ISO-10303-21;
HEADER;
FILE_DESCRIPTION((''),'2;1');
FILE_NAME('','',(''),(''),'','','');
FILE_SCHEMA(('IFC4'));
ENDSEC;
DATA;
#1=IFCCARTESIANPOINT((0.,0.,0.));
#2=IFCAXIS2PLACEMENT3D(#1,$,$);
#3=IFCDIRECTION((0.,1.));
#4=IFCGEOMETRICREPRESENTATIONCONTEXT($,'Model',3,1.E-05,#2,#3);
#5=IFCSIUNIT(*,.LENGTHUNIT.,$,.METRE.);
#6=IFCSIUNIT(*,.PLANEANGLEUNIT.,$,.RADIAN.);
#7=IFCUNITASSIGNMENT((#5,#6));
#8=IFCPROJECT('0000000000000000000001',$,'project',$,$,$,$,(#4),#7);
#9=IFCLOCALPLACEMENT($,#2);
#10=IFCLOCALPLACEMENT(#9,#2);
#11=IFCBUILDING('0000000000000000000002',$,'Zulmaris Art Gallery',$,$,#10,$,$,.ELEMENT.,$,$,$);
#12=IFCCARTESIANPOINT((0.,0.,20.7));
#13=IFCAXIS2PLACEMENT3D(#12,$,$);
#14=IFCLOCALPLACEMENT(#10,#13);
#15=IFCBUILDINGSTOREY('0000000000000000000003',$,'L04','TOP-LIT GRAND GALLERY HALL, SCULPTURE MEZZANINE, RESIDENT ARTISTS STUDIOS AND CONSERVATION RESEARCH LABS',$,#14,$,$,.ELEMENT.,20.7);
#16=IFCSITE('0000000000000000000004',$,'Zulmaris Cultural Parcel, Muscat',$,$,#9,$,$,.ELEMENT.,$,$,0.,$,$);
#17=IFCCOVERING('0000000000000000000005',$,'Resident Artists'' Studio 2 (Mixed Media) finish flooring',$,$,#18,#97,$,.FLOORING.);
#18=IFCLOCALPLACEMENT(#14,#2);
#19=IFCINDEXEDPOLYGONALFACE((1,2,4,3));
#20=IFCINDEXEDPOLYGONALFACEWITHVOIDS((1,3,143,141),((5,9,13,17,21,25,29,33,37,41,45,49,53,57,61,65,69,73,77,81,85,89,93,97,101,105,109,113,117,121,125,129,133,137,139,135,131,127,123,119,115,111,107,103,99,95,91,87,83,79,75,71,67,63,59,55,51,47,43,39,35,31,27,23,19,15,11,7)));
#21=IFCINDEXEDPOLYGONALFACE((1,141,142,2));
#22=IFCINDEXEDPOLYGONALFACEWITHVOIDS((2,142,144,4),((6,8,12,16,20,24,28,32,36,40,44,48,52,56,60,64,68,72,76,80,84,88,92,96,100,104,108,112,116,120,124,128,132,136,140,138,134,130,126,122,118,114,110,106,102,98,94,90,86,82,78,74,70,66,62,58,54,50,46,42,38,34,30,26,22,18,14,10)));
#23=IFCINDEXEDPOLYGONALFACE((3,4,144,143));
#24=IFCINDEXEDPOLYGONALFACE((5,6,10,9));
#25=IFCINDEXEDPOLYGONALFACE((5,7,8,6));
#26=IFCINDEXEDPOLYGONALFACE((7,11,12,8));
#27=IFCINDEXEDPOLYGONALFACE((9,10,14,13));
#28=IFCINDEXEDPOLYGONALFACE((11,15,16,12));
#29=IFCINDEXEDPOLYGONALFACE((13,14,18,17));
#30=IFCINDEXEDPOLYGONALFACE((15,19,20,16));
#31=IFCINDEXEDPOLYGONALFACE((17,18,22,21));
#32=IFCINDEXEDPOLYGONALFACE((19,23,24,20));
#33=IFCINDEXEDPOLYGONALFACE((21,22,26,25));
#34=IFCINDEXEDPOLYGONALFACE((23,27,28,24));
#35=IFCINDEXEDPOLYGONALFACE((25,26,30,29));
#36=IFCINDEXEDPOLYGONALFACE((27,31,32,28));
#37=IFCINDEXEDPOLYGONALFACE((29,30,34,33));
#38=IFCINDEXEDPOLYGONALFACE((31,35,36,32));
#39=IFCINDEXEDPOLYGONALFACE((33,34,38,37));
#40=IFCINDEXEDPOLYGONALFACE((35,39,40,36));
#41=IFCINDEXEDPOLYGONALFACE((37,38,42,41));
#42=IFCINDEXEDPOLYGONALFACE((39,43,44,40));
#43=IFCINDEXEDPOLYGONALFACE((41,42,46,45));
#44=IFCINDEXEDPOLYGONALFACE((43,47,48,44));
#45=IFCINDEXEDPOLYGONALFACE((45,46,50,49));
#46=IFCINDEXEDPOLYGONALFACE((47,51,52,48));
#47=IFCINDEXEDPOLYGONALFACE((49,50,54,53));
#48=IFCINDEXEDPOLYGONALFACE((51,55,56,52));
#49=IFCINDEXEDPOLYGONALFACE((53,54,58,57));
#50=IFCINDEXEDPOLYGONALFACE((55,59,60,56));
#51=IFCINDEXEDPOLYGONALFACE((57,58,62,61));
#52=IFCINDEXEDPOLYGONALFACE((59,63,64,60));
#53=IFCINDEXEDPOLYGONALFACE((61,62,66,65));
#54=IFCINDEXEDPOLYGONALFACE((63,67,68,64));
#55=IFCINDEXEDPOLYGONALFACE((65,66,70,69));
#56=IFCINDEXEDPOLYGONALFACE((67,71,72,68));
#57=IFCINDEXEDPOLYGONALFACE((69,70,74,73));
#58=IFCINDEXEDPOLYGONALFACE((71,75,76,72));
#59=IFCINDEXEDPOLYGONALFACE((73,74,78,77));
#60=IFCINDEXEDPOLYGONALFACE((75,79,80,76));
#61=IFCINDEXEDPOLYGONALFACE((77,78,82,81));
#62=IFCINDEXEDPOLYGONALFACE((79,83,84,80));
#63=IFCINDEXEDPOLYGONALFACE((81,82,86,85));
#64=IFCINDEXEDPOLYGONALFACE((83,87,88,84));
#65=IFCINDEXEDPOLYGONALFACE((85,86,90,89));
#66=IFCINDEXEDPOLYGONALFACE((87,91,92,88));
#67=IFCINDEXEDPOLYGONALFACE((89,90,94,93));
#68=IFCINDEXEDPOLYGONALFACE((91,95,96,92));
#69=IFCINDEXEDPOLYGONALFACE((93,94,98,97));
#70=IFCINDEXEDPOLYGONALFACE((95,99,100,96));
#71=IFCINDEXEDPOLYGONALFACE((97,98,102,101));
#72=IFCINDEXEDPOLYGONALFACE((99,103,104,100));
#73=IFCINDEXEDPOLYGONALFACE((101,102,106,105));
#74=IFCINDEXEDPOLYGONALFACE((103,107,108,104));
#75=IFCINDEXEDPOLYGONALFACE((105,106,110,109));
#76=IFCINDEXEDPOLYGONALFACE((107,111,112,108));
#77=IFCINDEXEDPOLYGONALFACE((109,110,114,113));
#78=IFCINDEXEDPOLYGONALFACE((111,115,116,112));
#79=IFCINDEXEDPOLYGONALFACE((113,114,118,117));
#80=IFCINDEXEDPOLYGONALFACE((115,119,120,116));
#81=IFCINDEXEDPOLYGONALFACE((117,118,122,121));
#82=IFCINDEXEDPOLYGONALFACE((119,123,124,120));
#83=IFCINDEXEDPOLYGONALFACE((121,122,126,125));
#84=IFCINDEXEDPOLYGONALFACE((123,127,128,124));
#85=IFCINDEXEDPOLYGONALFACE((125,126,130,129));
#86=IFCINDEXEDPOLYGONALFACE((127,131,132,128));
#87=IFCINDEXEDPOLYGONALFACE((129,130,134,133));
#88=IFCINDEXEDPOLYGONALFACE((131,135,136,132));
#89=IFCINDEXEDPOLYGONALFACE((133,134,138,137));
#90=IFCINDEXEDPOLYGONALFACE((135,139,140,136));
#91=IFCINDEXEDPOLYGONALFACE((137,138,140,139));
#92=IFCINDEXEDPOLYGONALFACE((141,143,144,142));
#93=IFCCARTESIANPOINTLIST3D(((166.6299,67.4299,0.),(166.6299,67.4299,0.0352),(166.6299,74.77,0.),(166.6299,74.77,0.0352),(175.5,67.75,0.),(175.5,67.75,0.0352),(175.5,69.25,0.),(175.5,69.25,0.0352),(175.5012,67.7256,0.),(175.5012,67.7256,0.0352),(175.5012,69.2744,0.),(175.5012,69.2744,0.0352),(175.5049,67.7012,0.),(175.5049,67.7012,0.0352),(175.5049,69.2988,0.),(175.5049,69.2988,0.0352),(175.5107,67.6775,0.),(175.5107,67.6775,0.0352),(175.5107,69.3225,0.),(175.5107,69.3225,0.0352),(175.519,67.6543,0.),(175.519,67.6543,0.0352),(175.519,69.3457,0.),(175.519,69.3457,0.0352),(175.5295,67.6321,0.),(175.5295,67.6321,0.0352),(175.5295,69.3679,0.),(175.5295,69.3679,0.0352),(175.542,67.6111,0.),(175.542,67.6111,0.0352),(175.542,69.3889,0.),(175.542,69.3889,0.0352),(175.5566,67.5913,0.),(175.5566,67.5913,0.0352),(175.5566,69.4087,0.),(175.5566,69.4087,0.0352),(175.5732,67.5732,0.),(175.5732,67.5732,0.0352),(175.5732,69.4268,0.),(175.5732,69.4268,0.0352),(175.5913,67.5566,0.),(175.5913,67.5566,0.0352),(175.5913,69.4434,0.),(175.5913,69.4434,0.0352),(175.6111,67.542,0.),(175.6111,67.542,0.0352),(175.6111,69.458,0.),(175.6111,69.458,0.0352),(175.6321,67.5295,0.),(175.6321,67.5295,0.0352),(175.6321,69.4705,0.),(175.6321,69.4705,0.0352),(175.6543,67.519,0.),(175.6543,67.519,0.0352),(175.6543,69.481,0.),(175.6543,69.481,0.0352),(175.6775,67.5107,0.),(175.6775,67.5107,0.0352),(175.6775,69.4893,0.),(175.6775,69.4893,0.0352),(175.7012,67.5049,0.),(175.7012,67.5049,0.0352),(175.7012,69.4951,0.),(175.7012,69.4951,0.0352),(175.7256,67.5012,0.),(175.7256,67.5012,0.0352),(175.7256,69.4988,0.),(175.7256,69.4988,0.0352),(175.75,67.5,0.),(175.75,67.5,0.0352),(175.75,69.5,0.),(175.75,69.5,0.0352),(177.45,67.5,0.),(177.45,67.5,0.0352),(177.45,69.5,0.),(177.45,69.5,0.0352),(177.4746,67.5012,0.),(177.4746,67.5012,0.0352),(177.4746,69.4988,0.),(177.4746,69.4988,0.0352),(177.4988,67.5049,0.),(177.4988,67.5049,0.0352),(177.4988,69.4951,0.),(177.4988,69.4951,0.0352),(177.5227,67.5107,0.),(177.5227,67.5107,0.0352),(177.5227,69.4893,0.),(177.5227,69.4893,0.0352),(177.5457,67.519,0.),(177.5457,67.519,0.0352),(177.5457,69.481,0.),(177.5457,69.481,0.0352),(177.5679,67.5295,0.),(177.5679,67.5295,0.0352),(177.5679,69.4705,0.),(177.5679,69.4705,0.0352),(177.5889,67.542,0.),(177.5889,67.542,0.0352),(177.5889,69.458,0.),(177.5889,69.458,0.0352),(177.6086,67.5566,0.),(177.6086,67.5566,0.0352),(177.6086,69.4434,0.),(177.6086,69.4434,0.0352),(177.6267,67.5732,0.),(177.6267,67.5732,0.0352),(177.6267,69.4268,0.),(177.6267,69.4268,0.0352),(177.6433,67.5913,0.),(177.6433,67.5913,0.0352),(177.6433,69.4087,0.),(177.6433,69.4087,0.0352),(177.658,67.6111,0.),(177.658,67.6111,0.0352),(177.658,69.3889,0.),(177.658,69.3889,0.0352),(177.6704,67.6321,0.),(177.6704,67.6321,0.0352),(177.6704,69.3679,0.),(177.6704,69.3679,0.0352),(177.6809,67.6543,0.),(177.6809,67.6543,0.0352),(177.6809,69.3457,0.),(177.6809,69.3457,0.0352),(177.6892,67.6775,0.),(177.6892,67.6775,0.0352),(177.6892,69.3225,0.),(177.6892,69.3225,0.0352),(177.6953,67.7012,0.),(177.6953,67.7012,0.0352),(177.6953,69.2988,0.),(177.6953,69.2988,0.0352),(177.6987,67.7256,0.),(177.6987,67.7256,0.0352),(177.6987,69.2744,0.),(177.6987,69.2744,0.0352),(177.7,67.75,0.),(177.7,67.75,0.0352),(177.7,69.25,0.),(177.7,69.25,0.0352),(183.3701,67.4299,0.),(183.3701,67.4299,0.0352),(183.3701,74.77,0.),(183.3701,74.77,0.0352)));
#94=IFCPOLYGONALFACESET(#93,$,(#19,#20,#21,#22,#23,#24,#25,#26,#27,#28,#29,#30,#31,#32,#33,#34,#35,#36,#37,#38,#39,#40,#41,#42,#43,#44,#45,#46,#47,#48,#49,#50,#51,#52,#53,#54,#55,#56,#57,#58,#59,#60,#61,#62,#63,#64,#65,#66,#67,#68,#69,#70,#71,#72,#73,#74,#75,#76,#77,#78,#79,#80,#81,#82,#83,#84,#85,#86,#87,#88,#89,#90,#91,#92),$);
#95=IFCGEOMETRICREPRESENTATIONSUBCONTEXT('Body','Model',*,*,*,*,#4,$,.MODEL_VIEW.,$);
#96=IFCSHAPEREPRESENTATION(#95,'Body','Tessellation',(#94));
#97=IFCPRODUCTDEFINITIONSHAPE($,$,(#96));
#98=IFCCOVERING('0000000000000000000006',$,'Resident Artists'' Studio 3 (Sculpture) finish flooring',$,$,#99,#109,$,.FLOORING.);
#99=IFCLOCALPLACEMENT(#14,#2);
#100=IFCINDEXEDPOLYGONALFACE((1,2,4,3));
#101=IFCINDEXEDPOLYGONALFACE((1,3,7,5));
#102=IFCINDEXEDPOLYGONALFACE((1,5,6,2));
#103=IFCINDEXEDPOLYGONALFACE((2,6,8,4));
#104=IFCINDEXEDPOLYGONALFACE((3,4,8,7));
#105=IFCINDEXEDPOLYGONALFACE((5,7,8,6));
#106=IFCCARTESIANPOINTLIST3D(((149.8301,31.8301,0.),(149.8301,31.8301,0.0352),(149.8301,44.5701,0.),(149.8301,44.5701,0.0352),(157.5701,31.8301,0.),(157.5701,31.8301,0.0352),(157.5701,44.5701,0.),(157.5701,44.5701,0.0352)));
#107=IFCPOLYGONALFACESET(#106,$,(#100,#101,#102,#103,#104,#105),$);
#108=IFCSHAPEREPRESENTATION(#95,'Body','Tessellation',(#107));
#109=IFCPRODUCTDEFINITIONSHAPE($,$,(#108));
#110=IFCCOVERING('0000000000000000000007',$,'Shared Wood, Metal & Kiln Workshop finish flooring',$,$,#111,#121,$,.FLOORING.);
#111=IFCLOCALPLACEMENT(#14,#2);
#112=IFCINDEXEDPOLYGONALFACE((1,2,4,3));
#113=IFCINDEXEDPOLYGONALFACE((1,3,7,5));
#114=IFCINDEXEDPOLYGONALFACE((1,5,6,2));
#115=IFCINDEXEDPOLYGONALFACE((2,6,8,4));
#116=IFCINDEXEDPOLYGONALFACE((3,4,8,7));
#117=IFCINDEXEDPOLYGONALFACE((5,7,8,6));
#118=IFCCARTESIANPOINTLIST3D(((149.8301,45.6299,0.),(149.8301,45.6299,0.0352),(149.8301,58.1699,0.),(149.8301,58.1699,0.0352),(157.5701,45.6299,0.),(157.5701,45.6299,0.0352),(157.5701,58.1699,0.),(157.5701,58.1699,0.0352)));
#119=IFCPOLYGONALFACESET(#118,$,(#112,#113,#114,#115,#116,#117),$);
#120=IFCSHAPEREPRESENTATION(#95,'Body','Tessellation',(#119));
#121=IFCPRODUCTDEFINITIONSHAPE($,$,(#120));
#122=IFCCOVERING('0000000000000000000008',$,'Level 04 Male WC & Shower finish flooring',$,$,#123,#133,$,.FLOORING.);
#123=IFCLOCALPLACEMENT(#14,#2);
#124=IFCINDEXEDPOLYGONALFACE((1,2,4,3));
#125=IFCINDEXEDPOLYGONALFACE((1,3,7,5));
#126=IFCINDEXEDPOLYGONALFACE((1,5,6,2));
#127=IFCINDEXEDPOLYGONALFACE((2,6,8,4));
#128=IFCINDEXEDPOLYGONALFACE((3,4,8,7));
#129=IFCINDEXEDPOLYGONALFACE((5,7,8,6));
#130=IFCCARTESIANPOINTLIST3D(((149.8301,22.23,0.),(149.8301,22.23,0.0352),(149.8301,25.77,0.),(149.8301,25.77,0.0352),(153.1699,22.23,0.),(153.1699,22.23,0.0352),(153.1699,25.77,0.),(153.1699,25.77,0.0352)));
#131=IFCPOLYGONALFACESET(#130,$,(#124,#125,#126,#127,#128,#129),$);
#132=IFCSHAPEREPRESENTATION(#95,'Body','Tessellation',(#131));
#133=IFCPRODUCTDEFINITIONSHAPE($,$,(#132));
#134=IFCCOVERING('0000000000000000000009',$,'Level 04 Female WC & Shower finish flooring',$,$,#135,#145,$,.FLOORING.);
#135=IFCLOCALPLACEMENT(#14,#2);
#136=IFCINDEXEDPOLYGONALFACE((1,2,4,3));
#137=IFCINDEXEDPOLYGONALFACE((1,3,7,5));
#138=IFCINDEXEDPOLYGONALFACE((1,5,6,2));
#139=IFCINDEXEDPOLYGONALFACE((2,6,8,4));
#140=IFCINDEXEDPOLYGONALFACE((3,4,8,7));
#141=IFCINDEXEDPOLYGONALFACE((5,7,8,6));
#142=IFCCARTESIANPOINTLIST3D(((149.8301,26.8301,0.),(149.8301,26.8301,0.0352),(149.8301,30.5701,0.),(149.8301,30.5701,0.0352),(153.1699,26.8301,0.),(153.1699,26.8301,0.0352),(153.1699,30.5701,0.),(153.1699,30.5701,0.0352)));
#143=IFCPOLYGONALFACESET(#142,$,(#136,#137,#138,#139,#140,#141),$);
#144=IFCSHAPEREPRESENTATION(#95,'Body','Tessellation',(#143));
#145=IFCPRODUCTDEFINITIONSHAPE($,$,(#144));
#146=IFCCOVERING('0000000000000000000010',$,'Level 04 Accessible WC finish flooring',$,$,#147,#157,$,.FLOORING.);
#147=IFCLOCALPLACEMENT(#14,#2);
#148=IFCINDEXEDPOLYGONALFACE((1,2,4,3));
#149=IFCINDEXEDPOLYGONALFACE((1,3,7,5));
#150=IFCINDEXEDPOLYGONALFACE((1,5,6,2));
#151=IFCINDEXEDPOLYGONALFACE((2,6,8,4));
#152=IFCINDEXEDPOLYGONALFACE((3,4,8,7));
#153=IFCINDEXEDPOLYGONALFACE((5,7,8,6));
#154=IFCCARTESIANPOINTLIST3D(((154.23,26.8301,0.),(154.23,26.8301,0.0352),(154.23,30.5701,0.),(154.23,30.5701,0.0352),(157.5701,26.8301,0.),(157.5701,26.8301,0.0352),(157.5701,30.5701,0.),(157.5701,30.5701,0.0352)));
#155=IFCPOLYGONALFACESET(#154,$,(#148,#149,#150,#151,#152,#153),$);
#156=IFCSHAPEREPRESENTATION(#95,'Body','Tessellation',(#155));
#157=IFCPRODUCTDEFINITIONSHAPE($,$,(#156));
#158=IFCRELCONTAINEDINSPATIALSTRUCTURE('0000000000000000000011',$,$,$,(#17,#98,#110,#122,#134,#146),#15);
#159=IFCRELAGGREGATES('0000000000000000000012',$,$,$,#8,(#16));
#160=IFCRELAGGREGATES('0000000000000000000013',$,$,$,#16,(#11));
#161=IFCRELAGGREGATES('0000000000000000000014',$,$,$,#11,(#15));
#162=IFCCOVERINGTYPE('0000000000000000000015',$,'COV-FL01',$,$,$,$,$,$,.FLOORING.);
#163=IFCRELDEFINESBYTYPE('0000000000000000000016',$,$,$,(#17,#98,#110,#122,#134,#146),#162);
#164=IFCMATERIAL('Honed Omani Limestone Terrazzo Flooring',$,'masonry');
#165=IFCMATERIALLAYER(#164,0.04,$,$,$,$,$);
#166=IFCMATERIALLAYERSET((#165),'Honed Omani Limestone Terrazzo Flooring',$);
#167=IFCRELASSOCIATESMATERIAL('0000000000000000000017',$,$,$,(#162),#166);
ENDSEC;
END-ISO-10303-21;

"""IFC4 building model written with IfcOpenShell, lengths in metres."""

from ifc_helpers import new_model, si_unit, direction, frame, origin, place, context, subcontext, project, spatial, polyline, outline, extrude, material, layer, layer_set, type_object, element, save


model = new_model("IFC4")

# Units and contexts
model_context = context("Model", 3, precision=1e-05, world=origin(), true_north=direction((0.0, 1.0)))
body_context = subcontext(model_context, "Body", "Model", "MODEL_VIEW")
ifc_project = project(units=[si_unit("LENGTHUNIT", "METRE"), si_unit("PLANEANGLEUNIT", "RADIAN")], contexts=[model_context])

# Site, building, storey
site_placement = place(None, origin())
site = spatial("IfcSite", under=ifc_project, at=site_placement, Name="Zulmaris Cultural Parcel, Muscat", CompositionType="ELEMENT", RefElevation=0.0)
building_placement = place(site_placement, origin())
building = spatial("IfcBuilding", under=site, at=building_placement, Name="Zulmaris Art Gallery", CompositionType="ELEMENT")
storey_placement = place(building_placement, frame((0.0, 0.0, 20.7)))
storey = spatial("IfcBuildingStorey", under=building, at=storey_placement, Name="L04", Description="TOP-LIT GRAND GALLERY HALL, SCULPTURE MEZZANINE, RESIDENT ARTISTS STUDIOS AND CONSERVATION RESEARCH LABS", CompositionType="ELEMENT", Elevation=20.7)

# Coverings
ifc_material_1 = material(Name="Honed Omani Limestone Terrazzo Flooring", Category="masonry")
ifc_layer_1 = layer(ifc_material_1, 0.04)
ifc_layer_set_1 = layer_set([ifc_layer_1], Name="Honed Omani Limestone Terrazzo Flooring")
covering_type_1 = type_object("IfcCoveringType", Name="COV-FL01", PredefinedType="FLOORING", material=ifc_layer_set_1)
covering_1_placement = place(storey_placement, origin())
element("IfcCovering", 1, at=covering_1_placement, inside=storey, type_object=covering_type_1, Name="Resident Artists' Studio 2 (Mixed Media) finish flooring", PredefinedType="FLOORING", context=body_context, shape_type="SweptSolid", body=[
    extrude(outline(polyline([(183.3701, 67.4299), (166.6299, 67.4299), (166.6299, 74.77), (183.3701, 74.77), (183.3701, 67.4299)]), holes=[polyline([(175.7256, 69.4988), (175.7012, 69.4951), (175.6775, 69.4893), (175.6543, 69.481), (175.6321, 69.4705), (175.6111, 69.458), (175.5913, 69.4434), (175.5732, 69.4268), (175.5566, 69.4087), (175.542, 69.3889), (175.5295, 69.3679), (175.519, 69.3457), (175.5107, 69.3225), (175.5049, 69.2988), (175.5012, 69.2744), (175.5, 69.25), (175.5, 67.75), (175.5012, 67.7256), (175.5049, 67.7012), (175.5107, 67.6775), (175.519, 67.6543), (175.5295, 67.6321), (175.542, 67.6111), (175.5566, 67.5913), (175.5732, 67.5732), (175.5913, 67.5566), (175.6111, 67.542), (175.6321, 67.5295), (175.6543, 67.519), (175.6775, 67.5107), (175.7012, 67.5049), (175.7256, 67.5012), (175.75, 67.5), (177.45, 67.5), (177.4746, 67.5012), (177.4988, 67.5049), (177.5227, 67.5107), (177.5457, 67.519), (177.5679, 67.5295), (177.5889, 67.542), (177.6086, 67.5566), (177.6267, 67.5732), (177.6433, 67.5913), (177.658, 67.6111), (177.6704, 67.6321), (177.6809, 67.6543), (177.6892, 67.6775), (177.6953, 67.7012), (177.6987, 67.7256), (177.7, 67.75), (177.7, 69.25), (177.6987, 69.2744), (177.6953, 69.2988), (177.6892, 69.3225), (177.6809, 69.3457), (177.6704, 69.3679), (177.658, 69.3889), (177.6433, 69.4087), (177.6267, 69.4268), (177.6086, 69.4434), (177.5889, 69.458), (177.5679, 69.4705), (177.5457, 69.481), (177.5227, 69.4893), (177.4988, 69.4951), (177.4746, 69.4988), (177.45, 69.5), (175.75, 69.5), (175.7256, 69.4988)])]), origin(), (0.0, 0.0, 1.0), 0.0352),
])
covering_2_placement = place(storey_placement, origin())
element("IfcCovering", 2, at=covering_2_placement, inside=storey, type_object=covering_type_1, Name="Resident Artists' Studio 3 (Sculpture) finish flooring", PredefinedType="FLOORING", context=body_context, shape_type="SweptSolid", body=[
    extrude(outline(polyline([(157.5701, 31.8301), (149.8301, 31.8301), (149.8301, 44.5701), (157.5701, 44.5701), (157.5701, 31.8301)])), origin(), (0.0, 0.0, 1.0), 0.0352),
])
covering_3_placement = place(storey_placement, origin())
element("IfcCovering", 3, at=covering_3_placement, inside=storey, type_object=covering_type_1, Name="Shared Wood, Metal & Kiln Workshop finish flooring", PredefinedType="FLOORING", context=body_context, shape_type="SweptSolid", body=[
    extrude(outline(polyline([(157.5701, 45.6299), (149.8301, 45.6299), (149.8301, 58.1699), (157.5701, 58.1699), (157.5701, 45.6299)])), origin(), (0.0, 0.0, 1.0), 0.0352),
])
covering_4_placement = place(storey_placement, origin())
element("IfcCovering", 4, at=covering_4_placement, inside=storey, type_object=covering_type_1, Name="Level 04 Male WC & Shower finish flooring", PredefinedType="FLOORING", context=body_context, shape_type="SweptSolid", body=[
    extrude(outline(polyline([(153.1699, 22.23), (149.8301, 22.23), (149.8301, 25.77), (153.1699, 25.77), (153.1699, 22.23)])), origin(), (0.0, 0.0, 1.0), 0.0352),
])
covering_5_placement = place(storey_placement, origin())
element("IfcCovering", 5, at=covering_5_placement, inside=storey, type_object=covering_type_1, Name="Level 04 Female WC & Shower finish flooring", PredefinedType="FLOORING", context=body_context, shape_type="SweptSolid", body=[
    extrude(outline(polyline([(153.1699, 26.8301), (149.8301, 26.8301), (149.8301, 30.5701), (153.1699, 30.5701), (153.1699, 26.8301)])), origin(), (0.0, 0.0, 1.0), 0.0352),
])
covering_6_placement = place(storey_placement, origin())
element("IfcCovering", 6, at=covering_6_placement, inside=storey, type_object=covering_type_1, Name="Level 04 Accessible WC finish flooring", PredefinedType="FLOORING", context=body_context, shape_type="SweptSolid", body=[
    extrude(outline(polyline([(157.5701, 26.8301), (154.23, 26.8301), (154.23, 30.5701), (157.5701, 30.5701), (157.5701, 26.8301)])), origin(), (0.0, 0.0, 1.0), 0.0352),
])

save(model, "model.ifc")
